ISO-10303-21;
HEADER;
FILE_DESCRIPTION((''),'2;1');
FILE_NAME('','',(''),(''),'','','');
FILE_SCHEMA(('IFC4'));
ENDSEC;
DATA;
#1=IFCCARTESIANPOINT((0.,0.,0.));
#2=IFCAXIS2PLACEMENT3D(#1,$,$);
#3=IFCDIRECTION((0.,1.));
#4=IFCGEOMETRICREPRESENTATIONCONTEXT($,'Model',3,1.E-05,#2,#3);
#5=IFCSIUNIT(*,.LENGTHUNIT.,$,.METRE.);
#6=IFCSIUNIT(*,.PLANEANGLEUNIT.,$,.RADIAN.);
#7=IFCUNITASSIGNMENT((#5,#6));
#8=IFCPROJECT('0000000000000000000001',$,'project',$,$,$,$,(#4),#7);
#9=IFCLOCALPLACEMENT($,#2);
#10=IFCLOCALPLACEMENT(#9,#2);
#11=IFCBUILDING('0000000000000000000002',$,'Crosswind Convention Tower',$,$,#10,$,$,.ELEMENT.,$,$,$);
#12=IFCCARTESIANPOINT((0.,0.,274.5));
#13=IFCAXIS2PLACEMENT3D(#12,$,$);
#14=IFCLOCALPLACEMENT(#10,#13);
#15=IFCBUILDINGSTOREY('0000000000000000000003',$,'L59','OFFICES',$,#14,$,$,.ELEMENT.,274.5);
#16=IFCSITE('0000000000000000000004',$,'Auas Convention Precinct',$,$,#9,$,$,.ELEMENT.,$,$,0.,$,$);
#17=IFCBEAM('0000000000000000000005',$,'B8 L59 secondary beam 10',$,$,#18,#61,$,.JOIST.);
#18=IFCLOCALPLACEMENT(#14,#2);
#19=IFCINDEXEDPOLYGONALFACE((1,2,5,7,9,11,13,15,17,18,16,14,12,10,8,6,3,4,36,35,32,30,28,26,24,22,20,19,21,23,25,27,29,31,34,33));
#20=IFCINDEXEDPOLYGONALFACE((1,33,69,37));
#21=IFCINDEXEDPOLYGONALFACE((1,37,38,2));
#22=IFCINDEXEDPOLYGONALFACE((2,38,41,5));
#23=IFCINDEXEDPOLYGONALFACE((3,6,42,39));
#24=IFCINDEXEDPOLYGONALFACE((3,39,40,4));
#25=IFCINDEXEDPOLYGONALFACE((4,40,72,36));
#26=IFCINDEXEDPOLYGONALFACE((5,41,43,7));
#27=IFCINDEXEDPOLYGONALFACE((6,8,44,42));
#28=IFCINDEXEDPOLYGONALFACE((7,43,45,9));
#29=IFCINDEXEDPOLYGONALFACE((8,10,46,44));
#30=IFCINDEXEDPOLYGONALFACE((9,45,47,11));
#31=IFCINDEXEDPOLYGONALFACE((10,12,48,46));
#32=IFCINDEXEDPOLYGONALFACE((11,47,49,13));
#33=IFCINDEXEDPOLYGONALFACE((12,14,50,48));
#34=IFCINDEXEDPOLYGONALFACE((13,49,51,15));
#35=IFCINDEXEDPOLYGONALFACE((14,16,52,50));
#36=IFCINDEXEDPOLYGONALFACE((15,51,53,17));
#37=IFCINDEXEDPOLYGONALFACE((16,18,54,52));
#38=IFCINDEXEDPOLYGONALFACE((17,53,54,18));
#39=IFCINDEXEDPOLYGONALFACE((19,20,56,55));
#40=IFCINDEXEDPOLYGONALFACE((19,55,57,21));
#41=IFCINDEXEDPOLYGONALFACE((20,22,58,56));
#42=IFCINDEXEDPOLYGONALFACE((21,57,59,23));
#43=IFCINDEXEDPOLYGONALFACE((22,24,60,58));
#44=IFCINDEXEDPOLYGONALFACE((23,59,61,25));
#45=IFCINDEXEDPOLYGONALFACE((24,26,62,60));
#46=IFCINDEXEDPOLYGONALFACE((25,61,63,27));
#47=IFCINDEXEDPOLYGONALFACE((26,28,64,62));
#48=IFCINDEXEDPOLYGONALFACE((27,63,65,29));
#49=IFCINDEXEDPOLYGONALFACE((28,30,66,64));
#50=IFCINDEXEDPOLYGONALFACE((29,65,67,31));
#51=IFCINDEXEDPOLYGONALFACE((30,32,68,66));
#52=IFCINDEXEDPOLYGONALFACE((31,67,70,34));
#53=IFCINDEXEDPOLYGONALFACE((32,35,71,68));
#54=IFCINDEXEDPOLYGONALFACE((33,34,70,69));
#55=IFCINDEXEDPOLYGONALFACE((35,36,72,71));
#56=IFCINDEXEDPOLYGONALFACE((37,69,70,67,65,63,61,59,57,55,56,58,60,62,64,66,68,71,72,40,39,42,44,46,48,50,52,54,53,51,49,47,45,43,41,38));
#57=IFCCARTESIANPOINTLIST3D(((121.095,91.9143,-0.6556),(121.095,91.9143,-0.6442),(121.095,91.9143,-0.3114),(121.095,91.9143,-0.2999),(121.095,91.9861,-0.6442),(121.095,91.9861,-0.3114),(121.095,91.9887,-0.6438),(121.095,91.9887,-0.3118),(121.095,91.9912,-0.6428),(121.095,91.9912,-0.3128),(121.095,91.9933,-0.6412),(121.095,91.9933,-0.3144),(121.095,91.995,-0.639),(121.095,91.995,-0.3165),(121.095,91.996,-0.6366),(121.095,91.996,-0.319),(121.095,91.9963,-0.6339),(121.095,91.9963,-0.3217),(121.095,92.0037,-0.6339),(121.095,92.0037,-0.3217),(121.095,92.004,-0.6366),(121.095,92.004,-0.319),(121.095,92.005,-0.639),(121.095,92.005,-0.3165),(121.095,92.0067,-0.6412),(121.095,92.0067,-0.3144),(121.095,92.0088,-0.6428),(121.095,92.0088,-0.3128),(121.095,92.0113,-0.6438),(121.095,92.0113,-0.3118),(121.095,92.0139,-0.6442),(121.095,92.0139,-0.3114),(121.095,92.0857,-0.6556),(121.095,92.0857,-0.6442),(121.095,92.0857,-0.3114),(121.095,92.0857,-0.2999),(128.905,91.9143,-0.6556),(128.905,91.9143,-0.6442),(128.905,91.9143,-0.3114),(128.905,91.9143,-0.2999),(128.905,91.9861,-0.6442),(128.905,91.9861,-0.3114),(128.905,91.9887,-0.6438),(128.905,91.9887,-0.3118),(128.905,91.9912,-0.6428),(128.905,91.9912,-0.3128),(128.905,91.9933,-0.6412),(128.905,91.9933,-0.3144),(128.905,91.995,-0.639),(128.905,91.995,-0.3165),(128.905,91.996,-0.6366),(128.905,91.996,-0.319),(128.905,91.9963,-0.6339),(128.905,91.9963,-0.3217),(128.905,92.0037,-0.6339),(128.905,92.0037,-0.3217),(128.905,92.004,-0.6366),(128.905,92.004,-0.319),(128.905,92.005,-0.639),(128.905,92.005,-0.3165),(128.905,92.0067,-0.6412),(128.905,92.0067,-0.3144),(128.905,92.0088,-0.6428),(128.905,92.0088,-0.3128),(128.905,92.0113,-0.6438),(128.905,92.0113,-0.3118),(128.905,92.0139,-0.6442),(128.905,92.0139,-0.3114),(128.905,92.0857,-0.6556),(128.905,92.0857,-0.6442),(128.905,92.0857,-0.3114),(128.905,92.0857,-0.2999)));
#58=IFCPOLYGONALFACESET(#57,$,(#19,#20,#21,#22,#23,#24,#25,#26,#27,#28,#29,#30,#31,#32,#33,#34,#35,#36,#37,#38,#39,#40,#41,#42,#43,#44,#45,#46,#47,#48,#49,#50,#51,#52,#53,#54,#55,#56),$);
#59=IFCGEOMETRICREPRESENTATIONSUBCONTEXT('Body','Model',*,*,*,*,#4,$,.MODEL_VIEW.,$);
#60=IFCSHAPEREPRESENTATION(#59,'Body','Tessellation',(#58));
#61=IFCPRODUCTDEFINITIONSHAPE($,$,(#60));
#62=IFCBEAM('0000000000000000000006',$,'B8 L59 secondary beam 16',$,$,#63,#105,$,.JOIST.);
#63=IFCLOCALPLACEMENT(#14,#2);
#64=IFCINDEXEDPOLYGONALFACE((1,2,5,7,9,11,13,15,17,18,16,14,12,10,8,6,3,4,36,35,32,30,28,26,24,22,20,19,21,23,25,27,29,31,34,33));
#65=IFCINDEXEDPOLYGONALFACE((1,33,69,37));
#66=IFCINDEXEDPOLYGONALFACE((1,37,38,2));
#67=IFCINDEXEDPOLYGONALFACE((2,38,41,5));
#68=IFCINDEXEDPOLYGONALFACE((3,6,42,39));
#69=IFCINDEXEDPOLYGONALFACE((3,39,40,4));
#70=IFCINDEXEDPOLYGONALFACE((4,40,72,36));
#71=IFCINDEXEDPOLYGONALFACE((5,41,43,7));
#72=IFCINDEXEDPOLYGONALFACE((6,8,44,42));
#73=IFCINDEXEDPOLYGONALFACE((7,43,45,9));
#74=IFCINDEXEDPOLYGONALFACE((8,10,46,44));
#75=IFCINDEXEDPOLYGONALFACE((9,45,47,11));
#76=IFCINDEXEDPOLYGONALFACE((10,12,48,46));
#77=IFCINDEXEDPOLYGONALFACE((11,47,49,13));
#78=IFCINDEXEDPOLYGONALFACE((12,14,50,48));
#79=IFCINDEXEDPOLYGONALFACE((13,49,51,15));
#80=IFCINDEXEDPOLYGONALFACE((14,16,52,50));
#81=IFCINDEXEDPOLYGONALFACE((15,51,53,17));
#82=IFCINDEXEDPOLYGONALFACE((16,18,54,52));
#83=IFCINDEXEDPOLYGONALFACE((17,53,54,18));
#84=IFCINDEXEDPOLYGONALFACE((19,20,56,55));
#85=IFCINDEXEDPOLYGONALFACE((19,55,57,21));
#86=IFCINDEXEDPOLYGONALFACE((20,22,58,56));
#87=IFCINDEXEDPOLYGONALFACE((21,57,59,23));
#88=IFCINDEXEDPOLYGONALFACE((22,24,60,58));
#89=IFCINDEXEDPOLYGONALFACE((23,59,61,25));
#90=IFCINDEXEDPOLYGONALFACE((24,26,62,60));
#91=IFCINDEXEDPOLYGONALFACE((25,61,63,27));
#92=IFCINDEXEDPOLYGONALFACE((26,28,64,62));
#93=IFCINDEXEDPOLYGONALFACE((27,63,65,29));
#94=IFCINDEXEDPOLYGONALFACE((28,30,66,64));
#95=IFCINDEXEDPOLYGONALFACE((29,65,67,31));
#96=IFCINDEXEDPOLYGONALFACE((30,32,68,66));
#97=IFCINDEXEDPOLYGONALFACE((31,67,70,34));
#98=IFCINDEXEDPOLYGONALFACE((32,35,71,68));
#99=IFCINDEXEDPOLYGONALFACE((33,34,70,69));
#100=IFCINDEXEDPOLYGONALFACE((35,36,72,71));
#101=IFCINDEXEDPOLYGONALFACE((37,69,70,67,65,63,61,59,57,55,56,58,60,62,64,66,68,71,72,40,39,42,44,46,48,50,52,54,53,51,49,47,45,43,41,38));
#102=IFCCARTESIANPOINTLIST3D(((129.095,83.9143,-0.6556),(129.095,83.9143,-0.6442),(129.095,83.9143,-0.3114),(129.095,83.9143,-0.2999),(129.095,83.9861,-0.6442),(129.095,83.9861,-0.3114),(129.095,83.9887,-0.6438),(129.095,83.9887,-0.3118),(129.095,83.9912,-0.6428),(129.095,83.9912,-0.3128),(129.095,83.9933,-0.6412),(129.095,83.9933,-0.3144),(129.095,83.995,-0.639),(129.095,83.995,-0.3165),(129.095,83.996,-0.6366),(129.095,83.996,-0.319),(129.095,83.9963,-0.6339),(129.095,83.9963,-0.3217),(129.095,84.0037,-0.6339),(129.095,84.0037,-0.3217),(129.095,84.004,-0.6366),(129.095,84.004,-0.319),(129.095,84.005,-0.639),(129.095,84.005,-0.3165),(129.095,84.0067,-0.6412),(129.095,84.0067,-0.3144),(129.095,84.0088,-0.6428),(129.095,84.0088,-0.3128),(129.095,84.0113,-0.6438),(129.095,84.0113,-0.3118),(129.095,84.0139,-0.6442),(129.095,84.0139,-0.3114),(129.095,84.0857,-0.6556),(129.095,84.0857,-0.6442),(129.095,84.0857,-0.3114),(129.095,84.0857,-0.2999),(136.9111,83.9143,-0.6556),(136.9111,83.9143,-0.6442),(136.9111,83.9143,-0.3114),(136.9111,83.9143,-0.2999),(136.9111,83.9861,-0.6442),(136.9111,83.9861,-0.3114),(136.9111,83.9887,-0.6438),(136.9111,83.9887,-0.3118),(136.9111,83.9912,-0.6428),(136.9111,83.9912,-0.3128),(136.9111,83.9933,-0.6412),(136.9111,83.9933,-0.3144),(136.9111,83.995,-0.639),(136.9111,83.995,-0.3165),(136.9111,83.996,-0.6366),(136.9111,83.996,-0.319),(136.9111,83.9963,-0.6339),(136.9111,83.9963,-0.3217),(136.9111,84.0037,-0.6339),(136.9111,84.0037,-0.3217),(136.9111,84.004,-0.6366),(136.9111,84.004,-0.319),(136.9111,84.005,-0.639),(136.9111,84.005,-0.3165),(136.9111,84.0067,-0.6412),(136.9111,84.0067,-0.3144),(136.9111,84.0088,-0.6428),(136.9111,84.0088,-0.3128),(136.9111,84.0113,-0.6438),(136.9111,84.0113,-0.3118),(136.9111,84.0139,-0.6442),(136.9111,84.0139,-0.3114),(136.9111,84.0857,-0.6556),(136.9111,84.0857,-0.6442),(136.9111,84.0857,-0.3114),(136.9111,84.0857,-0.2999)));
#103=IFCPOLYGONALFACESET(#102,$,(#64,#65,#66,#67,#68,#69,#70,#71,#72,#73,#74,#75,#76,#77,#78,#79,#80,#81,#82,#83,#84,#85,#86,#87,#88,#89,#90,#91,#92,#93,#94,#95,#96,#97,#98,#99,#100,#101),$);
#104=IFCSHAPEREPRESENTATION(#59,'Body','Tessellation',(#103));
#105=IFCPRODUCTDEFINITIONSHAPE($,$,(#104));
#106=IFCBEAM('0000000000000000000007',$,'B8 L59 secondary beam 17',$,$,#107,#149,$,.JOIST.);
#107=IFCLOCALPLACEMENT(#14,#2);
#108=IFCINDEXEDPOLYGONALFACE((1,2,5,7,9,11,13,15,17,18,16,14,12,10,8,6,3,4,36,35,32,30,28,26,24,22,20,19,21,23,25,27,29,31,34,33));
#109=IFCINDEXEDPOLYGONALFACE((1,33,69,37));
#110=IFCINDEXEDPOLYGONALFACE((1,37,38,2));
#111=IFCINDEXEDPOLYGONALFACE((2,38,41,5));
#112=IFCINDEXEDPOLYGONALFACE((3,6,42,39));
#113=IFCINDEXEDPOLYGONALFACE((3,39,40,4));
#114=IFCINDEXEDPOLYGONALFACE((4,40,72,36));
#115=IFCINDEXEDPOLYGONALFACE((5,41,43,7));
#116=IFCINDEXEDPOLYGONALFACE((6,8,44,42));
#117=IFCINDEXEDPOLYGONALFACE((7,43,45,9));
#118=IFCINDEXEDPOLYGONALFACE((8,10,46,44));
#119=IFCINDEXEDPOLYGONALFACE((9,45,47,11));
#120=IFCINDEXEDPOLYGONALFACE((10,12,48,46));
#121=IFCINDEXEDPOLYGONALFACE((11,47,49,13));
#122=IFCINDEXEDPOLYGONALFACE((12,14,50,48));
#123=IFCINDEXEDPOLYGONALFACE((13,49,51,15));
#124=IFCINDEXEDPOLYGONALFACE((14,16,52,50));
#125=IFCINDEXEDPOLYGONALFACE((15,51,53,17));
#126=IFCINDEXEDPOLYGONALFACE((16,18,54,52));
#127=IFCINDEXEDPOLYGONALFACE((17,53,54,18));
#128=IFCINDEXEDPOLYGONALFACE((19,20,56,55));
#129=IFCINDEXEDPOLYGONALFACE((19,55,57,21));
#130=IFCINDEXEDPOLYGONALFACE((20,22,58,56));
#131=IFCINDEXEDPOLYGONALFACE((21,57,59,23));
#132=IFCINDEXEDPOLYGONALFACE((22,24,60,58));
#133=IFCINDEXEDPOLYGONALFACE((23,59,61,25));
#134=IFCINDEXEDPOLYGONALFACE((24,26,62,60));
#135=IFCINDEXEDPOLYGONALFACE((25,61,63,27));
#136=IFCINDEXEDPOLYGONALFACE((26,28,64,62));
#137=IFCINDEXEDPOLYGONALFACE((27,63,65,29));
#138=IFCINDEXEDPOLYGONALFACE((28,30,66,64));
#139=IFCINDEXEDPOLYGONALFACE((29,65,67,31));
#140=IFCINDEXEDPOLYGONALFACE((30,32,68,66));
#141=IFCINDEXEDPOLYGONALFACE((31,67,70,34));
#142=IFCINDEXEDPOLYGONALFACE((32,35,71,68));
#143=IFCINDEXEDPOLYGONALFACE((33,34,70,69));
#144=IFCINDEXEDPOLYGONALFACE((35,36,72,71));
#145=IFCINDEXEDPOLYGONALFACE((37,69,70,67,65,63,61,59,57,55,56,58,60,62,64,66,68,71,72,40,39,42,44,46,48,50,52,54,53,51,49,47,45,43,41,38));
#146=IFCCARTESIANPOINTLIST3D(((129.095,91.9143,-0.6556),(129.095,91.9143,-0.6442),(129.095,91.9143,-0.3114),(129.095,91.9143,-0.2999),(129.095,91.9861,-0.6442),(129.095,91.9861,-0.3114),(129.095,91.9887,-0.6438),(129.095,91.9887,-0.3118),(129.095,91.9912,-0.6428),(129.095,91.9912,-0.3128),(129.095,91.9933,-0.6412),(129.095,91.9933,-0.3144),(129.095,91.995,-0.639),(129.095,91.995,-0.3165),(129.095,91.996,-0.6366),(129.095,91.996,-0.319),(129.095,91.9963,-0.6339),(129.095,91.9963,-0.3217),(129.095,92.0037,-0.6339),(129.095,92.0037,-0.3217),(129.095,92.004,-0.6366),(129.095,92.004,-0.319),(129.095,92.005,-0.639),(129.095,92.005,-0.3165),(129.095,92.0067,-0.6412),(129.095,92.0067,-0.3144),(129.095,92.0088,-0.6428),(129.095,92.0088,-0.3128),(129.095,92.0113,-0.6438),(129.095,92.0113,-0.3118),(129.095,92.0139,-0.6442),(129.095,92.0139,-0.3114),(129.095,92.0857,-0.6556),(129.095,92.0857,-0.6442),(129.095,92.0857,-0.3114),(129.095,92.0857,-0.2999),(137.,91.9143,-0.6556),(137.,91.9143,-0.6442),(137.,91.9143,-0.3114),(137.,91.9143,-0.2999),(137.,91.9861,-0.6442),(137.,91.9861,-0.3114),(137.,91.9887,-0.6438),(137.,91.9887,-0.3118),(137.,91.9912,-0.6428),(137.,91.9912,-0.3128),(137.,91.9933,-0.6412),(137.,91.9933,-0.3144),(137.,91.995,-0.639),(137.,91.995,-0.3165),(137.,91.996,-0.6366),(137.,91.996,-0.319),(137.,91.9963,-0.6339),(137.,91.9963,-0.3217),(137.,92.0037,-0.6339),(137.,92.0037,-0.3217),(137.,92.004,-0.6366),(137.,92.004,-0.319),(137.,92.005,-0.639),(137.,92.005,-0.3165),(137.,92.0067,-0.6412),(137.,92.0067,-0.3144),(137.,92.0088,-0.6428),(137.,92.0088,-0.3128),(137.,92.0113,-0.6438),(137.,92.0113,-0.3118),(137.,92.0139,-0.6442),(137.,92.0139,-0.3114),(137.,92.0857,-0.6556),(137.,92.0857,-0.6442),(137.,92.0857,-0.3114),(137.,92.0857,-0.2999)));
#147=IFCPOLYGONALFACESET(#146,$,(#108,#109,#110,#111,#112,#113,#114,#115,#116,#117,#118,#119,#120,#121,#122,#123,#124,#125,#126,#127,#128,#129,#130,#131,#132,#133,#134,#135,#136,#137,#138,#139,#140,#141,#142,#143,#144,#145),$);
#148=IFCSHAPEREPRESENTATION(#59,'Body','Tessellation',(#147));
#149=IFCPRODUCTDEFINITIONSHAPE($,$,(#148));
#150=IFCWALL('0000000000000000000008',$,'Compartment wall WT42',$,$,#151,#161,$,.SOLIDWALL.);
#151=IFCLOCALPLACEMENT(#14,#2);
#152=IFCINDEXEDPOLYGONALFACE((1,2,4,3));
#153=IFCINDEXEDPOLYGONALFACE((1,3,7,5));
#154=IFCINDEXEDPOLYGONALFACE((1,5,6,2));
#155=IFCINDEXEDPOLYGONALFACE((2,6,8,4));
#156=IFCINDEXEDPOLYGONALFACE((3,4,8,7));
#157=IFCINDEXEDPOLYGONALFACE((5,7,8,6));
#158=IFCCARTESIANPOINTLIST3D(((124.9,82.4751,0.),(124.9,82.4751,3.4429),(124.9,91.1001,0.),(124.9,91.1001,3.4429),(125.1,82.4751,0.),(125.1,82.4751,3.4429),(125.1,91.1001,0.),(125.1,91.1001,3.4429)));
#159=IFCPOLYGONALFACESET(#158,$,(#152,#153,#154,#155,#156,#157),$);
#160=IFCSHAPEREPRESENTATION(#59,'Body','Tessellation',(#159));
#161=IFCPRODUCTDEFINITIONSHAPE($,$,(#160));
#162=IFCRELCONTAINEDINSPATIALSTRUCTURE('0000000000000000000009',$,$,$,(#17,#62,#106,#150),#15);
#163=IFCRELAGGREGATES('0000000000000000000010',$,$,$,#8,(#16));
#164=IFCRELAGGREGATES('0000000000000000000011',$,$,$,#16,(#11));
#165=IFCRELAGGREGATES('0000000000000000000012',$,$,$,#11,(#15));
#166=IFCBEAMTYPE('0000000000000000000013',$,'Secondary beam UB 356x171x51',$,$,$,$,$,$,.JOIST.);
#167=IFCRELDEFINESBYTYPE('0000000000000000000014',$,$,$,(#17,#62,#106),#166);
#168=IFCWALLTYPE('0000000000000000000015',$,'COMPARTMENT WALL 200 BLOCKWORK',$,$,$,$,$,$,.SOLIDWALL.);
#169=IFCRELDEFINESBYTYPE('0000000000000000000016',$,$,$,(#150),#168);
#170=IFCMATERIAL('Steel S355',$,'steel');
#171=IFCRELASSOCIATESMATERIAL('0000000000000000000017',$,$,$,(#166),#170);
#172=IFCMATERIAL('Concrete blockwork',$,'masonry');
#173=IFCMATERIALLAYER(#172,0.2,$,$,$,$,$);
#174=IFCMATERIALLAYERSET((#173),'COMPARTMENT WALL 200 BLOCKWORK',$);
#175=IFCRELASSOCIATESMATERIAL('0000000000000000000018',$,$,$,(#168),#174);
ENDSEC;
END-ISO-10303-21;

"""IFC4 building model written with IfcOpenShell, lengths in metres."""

from ifc_helpers import new_model, si_unit, direction, frame, frame_2d, origin, origin_2d, place, context, subcontext, project, spatial, rectangle, i_section, extrude, material, layer, layer_set, material_profile, profile_set, type_object, element, save


model = new_model("IFC4")

# Units and contexts
model_context = context("Model", 3, precision=1e-05, world=origin(), true_north=direction((0.0, 1.0)))
body_context = subcontext(model_context, "Body", "Model", "MODEL_VIEW")
ifc_project = project(units=[si_unit("LENGTHUNIT", "METRE"), si_unit("PLANEANGLEUNIT", "RADIAN")], contexts=[model_context])

# Site, building, storey
site_placement = place(None, origin())
site = spatial("IfcSite", under=ifc_project, at=site_placement, Name="Auas Convention Precinct", CompositionType="ELEMENT", RefElevation=0.0)
building_placement = place(site_placement, origin())
building = spatial("IfcBuilding", under=site, at=building_placement, Name="Crosswind Convention Tower", CompositionType="ELEMENT")
storey_placement = place(building_placement, frame((0.0, 0.0, 274.5)))
storey = spatial("IfcBuildingStorey", under=building, at=storey_placement, Name="L59", Description="OFFICES", CompositionType="ELEMENT", Elevation=274.5)

# Beams
ifc_material_1 = material(Name="Steel S355", Category="steel")
ifc_material_profile_1 = material_profile(ifc_material_1, i_section(OverallWidth=0.1714, OverallDepth=0.3557, WebThickness=0.0073, FlangeThickness=0.0115, FilletRadius=0.0103, at=origin_2d()), Name="UB 356x171x51")
ifc_profile_set_1 = profile_set([ifc_material_profile_1], Name="Steel S355")
beam_type_1 = type_object("IfcBeamType", Name="Secondary beam UB 356x171x51", PredefinedType="JOIST", material=ifc_profile_set_1)
for number, where, z_axis, x_axis, name in (
    (1, (121.095, 92.0, -0.4778), (1.0, 0.0, 0.0), (0.0, 1.0, 0.0), "B8 L59 secondary beam 10"),
):
    element("IfcBeam", number, at=place(storey_placement, frame(where, z_axis=z_axis, x_axis=x_axis)), inside=storey, type_object=beam_type_1, Name=name, PredefinedType="JOIST", context=body_context, shape_type="SweptSolid", body=[
        extrude(i_section(OverallWidth=0.1714, OverallDepth=0.3557, WebThickness=0.0073, FlangeThickness=0.0115, FilletRadius=0.0103, at=origin_2d()), origin(), (0.0, 0.0, 1.0), 7.8101),
    ])
beam_1_placement = place(storey_placement, frame((129.095, 84.0, -0.4778), z_axis=(1.0, 0.0, 0.0), x_axis=(0.0, 1.0, 0.0)))
element("IfcBeam", 2, at=beam_1_placement, inside=storey, type_object=beam_type_1, Name="B8 L59 secondary beam 16", PredefinedType="JOIST", context=body_context, shape_type="SweptSolid", body=[
    extrude(i_section(OverallWidth=0.1714, OverallDepth=0.3557, WebThickness=0.0073, FlangeThickness=0.0115, FilletRadius=0.0103, at=origin_2d()), origin(), (0.0, 0.0, 1.0), 7.8162),
])
beam_2_placement = place(storey_placement, frame((129.095, 92.0, -0.4778), z_axis=(1.0, 0.0, 0.0), x_axis=(0.0, 1.0, 0.0)))
element("IfcBeam", 3, at=beam_2_placement, inside=storey, type_object=beam_type_1, Name="B8 L59 secondary beam 17", PredefinedType="JOIST", context=body_context, shape_type="SweptSolid", body=[
    extrude(i_section(OverallWidth=0.1714, OverallDepth=0.3557, WebThickness=0.0073, FlangeThickness=0.0115, FilletRadius=0.0103, at=origin_2d()), origin(), (0.0, 0.0, 1.0), 7.905),
])

# Wall
ifc_material_2 = material(Name="Concrete blockwork", Category="masonry")
ifc_layer_1 = layer(ifc_material_2, 0.2)
ifc_layer_set_1 = layer_set([ifc_layer_1], Name="COMPARTMENT WALL 200 BLOCKWORK")
wall_type_1 = type_object("IfcWallType", Name="COMPARTMENT WALL 200 BLOCKWORK", PredefinedType="SOLIDWALL", material=ifc_layer_set_1)
wall_1_placement = place(storey_placement, frame((125.0, 82.4751, 0.0), z_axis=(0.0, 0.0, 1.0), x_axis=(0.0, 1.0, 0.0)))
element("IfcWall", 4, at=wall_1_placement, inside=storey, type_object=wall_type_1, Name="Compartment wall WT42", PredefinedType="SOLIDWALL", context=body_context, shape_type="SweptSolid", body=[
    extrude(rectangle(XDim=8.625, YDim=0.2, at=frame_2d((4.3125, 0.0))), origin(), (0.0, 0.0, 1.0), 3.4429),
])

save(model, "model.ifc")
